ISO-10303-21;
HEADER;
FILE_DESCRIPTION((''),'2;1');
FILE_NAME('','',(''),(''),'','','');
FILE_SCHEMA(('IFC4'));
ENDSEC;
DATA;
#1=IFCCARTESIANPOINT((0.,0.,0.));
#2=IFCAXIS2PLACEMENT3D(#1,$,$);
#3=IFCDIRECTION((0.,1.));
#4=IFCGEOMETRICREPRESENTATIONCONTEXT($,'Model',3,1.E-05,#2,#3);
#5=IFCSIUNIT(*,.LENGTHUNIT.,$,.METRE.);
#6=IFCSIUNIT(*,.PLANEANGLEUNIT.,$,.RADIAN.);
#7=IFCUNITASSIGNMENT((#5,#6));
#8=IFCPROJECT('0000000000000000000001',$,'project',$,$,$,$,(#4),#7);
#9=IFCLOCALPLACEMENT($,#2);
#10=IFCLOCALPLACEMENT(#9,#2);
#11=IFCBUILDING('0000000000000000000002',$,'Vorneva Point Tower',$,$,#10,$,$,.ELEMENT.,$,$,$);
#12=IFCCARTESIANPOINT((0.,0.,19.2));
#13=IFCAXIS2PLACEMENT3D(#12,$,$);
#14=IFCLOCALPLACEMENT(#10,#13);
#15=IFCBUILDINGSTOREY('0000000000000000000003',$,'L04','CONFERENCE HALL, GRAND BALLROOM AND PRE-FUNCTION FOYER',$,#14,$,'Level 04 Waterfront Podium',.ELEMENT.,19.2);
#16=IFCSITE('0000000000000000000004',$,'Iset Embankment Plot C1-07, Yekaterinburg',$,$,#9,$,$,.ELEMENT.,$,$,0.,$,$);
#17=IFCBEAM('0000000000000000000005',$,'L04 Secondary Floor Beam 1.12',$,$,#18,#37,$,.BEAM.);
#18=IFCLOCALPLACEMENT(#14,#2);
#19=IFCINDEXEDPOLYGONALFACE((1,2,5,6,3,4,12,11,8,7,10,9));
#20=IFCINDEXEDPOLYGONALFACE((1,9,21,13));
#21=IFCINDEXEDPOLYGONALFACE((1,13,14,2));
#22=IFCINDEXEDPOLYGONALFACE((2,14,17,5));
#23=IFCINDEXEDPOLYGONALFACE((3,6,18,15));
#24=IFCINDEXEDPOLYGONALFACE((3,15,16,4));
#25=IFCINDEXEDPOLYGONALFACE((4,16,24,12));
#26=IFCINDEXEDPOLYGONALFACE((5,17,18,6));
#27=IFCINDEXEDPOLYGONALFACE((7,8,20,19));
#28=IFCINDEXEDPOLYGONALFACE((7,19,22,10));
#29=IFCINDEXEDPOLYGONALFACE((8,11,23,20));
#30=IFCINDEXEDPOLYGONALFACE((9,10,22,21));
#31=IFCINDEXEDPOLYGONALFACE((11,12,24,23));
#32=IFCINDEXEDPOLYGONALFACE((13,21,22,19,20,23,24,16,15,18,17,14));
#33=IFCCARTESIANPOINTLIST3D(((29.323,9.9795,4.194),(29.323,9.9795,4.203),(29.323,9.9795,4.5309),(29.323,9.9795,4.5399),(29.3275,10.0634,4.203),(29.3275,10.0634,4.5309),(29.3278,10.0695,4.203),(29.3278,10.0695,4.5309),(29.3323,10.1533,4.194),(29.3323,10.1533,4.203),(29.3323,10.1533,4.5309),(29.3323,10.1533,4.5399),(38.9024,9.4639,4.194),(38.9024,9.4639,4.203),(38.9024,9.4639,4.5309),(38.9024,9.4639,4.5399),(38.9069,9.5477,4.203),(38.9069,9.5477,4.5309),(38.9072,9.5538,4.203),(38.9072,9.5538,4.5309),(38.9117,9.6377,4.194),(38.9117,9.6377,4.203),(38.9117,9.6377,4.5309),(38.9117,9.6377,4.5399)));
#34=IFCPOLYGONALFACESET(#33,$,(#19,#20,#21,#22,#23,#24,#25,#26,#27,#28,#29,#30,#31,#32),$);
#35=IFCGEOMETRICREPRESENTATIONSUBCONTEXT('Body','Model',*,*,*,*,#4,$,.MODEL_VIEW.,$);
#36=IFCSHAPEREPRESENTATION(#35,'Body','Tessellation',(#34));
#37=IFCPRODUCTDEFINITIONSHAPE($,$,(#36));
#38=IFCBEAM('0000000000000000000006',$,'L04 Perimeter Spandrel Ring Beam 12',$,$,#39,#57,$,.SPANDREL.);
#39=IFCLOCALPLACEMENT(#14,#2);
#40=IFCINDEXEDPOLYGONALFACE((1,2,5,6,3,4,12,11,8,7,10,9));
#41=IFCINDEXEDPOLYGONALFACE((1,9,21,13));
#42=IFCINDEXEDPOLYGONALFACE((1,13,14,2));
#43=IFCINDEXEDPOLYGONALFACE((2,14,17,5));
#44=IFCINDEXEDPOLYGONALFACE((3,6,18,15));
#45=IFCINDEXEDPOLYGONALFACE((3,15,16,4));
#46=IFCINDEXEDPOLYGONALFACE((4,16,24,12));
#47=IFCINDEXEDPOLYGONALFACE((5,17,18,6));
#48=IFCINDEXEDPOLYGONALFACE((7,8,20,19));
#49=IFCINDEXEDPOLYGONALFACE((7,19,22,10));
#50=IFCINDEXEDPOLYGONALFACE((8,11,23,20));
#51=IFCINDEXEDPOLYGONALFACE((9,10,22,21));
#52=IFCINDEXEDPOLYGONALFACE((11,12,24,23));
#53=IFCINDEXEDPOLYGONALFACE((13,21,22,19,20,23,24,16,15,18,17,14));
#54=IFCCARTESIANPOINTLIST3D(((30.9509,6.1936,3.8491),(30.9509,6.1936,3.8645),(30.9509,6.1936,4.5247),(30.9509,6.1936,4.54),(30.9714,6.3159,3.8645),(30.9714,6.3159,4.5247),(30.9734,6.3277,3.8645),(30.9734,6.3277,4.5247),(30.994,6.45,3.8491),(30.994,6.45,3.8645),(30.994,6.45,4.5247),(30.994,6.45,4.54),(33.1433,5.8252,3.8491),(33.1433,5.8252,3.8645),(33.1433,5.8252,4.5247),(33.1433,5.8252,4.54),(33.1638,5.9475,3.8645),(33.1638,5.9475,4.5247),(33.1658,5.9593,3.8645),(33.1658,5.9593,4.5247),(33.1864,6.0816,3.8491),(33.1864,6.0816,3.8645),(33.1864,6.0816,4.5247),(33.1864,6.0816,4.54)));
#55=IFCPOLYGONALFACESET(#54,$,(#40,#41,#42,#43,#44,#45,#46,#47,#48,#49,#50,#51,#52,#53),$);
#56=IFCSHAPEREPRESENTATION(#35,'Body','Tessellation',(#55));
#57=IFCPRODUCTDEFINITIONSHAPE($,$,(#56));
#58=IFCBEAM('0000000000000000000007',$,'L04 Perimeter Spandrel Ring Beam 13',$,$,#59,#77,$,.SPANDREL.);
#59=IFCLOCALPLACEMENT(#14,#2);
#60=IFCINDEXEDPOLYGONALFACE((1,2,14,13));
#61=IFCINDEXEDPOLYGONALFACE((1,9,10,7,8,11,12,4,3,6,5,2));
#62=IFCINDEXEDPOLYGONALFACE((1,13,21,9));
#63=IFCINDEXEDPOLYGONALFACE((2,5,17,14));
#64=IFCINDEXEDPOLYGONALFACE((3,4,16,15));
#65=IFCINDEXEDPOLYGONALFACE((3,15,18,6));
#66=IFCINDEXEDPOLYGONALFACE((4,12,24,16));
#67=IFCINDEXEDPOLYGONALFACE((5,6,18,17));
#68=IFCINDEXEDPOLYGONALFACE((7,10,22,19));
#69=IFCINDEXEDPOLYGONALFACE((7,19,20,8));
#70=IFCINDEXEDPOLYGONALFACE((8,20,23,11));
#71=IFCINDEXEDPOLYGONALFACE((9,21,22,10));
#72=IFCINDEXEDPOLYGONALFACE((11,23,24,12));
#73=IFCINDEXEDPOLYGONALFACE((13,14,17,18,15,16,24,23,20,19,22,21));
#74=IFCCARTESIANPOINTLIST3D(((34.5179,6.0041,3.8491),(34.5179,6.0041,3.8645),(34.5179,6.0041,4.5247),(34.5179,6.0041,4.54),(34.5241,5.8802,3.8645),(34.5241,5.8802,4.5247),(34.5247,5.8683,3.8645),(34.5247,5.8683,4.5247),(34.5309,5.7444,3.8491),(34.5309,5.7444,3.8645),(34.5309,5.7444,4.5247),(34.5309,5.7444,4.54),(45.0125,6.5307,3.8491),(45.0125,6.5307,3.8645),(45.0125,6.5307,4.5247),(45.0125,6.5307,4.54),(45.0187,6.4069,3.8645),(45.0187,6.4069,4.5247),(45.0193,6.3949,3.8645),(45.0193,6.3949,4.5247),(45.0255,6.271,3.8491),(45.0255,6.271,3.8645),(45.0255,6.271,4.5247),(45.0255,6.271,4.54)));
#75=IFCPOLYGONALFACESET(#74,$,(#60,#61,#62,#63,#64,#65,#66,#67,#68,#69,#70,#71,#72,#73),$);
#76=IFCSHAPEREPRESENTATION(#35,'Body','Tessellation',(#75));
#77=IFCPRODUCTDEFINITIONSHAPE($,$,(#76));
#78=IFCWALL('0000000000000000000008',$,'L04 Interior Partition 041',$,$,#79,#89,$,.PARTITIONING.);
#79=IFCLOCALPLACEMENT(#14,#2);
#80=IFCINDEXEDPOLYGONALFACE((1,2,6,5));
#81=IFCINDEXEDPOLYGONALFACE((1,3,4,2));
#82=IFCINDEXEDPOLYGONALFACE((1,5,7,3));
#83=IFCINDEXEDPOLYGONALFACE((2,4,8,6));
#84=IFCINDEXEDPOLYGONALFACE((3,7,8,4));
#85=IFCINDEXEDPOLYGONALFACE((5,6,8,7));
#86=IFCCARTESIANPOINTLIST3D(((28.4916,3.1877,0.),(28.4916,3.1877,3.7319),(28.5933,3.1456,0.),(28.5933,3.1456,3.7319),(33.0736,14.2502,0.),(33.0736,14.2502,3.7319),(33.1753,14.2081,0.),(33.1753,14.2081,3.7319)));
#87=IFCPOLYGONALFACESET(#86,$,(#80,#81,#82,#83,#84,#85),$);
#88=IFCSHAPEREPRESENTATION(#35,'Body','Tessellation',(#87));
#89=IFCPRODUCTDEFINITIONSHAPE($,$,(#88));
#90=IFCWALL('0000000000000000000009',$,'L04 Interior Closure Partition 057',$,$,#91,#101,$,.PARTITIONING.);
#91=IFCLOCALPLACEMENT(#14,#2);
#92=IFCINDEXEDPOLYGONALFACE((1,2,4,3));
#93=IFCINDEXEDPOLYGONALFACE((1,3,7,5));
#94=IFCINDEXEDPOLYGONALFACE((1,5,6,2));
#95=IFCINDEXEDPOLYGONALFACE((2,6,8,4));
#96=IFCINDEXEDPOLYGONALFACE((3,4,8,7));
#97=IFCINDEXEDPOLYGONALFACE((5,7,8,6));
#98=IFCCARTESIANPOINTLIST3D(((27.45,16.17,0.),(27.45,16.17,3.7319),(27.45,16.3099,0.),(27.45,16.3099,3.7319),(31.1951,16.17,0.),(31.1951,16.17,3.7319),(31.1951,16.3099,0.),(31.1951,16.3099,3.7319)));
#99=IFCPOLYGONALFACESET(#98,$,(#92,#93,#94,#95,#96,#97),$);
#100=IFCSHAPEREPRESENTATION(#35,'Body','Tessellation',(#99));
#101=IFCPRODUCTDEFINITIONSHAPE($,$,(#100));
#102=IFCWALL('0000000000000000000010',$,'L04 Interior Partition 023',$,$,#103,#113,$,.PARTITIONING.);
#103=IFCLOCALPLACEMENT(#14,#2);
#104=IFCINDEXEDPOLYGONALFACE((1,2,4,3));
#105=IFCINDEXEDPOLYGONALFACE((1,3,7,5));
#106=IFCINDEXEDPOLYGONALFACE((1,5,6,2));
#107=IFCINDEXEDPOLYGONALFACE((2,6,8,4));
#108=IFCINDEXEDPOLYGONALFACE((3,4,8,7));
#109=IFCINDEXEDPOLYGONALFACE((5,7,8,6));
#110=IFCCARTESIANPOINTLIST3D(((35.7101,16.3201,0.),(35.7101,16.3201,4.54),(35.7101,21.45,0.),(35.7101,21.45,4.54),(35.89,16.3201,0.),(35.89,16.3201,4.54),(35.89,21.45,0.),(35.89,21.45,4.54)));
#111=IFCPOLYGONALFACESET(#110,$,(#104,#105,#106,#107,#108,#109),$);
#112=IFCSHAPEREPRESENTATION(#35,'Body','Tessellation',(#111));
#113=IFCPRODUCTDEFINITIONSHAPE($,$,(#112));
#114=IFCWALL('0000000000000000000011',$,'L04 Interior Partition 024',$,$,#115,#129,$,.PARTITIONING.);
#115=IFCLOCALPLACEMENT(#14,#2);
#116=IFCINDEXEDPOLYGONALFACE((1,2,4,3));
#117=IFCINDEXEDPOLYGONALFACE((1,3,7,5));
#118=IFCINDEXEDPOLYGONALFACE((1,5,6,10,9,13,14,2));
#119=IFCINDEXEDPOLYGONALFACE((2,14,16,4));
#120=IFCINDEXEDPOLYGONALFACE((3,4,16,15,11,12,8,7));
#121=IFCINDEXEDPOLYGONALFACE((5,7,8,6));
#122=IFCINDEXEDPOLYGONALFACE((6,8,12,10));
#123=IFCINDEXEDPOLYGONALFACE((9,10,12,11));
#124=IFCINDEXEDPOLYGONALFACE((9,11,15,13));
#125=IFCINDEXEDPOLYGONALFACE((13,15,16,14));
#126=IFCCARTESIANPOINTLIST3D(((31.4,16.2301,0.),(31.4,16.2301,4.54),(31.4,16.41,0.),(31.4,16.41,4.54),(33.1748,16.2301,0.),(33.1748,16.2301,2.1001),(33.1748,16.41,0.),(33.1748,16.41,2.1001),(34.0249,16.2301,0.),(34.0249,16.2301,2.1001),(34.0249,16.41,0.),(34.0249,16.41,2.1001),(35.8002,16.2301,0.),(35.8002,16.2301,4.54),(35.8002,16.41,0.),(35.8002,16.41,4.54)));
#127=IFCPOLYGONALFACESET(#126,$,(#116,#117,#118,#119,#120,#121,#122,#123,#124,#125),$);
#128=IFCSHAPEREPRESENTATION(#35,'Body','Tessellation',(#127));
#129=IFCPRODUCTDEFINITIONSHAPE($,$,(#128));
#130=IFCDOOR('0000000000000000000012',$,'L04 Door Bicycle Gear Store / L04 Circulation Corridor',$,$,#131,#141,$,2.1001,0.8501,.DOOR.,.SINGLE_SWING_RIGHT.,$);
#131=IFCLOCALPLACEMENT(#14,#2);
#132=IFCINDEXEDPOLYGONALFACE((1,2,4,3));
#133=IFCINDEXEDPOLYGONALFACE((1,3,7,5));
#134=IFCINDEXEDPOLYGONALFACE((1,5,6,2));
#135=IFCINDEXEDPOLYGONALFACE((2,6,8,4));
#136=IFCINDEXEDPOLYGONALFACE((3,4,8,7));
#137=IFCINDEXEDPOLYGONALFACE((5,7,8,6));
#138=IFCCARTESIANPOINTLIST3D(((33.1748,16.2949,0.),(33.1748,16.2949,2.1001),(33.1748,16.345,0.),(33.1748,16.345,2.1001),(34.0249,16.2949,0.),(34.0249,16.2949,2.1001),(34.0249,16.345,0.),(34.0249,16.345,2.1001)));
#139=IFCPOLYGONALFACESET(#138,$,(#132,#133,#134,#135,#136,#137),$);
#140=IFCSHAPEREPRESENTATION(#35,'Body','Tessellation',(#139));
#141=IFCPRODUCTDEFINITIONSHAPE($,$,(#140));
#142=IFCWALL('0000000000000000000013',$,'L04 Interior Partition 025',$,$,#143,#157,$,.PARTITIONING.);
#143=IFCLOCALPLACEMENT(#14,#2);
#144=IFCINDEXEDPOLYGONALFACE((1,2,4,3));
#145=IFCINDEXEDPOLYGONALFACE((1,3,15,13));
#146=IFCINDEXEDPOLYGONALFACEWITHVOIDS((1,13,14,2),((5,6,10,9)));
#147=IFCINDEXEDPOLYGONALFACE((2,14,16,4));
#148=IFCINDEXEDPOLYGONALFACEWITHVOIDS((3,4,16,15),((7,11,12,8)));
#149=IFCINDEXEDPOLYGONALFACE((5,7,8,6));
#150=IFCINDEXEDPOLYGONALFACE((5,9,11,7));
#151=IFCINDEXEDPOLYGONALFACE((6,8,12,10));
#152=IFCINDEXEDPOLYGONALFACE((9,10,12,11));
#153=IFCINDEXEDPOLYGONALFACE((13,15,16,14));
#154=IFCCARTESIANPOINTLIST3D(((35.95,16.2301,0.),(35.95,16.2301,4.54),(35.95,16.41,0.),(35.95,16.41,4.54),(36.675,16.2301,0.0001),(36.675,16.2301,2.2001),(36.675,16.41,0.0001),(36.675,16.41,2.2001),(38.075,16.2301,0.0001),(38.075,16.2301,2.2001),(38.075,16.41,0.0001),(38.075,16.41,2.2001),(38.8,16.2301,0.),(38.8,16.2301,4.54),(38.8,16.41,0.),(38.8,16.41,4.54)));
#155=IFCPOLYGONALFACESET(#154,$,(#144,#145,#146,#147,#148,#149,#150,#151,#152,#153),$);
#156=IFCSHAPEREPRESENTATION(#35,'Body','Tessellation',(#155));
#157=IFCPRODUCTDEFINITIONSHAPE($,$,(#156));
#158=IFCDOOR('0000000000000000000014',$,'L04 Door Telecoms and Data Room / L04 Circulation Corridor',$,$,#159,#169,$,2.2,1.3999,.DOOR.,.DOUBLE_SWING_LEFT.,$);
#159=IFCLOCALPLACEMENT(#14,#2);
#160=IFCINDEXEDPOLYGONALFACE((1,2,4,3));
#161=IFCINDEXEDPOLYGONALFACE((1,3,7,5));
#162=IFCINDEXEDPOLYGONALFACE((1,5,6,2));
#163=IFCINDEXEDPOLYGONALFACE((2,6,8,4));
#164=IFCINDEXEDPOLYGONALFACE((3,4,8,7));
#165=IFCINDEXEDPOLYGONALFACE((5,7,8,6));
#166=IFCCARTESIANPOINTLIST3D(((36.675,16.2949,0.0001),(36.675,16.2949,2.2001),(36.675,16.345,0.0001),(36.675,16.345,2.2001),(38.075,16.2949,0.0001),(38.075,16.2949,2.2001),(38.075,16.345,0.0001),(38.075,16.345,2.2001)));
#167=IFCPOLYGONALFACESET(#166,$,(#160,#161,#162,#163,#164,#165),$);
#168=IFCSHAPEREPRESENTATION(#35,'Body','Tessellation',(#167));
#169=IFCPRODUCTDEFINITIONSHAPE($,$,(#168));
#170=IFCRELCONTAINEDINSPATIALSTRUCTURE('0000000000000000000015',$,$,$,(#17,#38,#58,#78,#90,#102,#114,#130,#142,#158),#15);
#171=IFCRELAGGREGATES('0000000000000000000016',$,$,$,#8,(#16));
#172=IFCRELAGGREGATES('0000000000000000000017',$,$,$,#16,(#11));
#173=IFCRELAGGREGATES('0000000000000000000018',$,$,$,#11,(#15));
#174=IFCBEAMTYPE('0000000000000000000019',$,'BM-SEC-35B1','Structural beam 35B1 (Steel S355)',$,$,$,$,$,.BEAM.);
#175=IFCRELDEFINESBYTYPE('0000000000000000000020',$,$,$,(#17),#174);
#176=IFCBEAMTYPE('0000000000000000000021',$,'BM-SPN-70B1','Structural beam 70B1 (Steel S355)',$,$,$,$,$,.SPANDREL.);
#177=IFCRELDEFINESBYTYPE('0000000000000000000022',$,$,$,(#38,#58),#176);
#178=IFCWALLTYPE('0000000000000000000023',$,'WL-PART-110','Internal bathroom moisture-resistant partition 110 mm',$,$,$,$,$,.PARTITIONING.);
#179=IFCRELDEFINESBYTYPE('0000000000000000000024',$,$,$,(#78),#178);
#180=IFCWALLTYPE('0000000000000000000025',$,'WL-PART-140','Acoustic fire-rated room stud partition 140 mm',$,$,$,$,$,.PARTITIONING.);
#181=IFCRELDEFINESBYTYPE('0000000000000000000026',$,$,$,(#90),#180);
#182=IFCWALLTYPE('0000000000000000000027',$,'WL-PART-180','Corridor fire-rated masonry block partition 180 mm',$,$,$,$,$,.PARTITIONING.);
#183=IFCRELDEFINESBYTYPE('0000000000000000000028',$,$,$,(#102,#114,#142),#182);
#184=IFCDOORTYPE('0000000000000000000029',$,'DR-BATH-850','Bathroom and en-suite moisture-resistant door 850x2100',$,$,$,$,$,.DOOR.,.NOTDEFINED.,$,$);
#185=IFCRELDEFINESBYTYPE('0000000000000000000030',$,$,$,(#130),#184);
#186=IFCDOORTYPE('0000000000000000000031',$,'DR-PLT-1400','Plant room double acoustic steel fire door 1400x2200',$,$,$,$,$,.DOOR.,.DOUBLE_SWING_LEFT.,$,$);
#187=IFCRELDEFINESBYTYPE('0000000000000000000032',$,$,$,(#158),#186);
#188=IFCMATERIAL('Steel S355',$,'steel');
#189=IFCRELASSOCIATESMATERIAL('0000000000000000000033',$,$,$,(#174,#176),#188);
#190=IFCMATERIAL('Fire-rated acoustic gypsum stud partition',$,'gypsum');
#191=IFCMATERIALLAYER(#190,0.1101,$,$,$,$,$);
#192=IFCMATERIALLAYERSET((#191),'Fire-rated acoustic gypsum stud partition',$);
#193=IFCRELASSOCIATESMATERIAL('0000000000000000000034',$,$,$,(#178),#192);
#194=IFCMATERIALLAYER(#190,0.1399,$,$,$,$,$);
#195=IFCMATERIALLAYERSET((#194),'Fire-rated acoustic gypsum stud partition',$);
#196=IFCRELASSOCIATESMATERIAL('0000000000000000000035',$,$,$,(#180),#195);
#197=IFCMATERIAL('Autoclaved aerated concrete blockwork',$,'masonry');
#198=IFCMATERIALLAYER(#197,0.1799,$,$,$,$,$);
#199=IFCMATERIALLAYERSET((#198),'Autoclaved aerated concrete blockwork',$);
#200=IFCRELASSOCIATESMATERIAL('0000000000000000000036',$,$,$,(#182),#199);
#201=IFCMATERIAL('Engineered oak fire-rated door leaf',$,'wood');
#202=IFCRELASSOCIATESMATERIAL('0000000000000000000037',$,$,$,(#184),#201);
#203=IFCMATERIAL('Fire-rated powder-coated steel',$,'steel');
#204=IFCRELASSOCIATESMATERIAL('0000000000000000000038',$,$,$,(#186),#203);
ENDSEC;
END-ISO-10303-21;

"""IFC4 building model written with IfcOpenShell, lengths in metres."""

from ifc_helpers import new_model, si_unit, direction, frame, frame_2d, origin, origin_2d, place, context, subcontext, project, spatial, rectangle, i_section, extrude, material, layer, layer_set, material_profile, profile_set, type_object, element, fill, save


model = new_model("IFC4")

# Units and contexts
model_context = context("Model", 3, precision=1e-05, world=origin(), true_north=direction((0.0, 1.0)))
body_context = subcontext(model_context, "Body", "Model", "MODEL_VIEW")
ifc_project = project(units=[si_unit("LENGTHUNIT", "METRE"), si_unit("PLANEANGLEUNIT", "RADIAN")], contexts=[model_context])

# Site, building, storey
site_placement = place(None, origin())
site = spatial("IfcSite", under=ifc_project, at=site_placement, Name="Iset Embankment Plot C1-07, Yekaterinburg", CompositionType="ELEMENT", RefElevation=0.0)
building_placement = place(site_placement, origin())
building = spatial("IfcBuilding", under=site, at=building_placement, Name="Vorneva Point Tower", CompositionType="ELEMENT")
storey_placement = place(building_placement, frame((0.0, 0.0, 19.2)))
storey = spatial("IfcBuildingStorey", under=building, at=storey_placement, Name="L04", Description="CONFERENCE HALL, GRAND BALLROOM AND PRE-FUNCTION FOYER", LongName="Level 04 Waterfront Podium", CompositionType="ELEMENT", Elevation=19.2)

# Beams
ifc_material_1 = material(Name="Steel S355", Category="steel")
ifc_material_profile_1 = material_profile(ifc_material_1, i_section(OverallWidth=0.1741, OverallDepth=0.3459, WebThickness=0.0061, FlangeThickness=0.009, at=origin_2d()), Name="35B1")
ifc_profile_set_1 = profile_set([ifc_material_profile_1], Name="Steel S355")
beam_type_1 = type_object("IfcBeamType", Name="BM-SEC-35B1", Description="Structural beam 35B1 (Steel S355)", PredefinedType="BEAM", material=ifc_profile_set_1)
beam_1_placement = place(storey_placement, frame((29.3276, 10.0664, 4.3669), z_axis=(0.998554, -0.053749, 0.0), x_axis=(0.053749, 0.998554, 0.0)))
element("IfcBeam", 1, at=beam_1_placement, inside=storey, type_object=beam_type_1, Name="L04 Secondary Floor Beam 1.12", PredefinedType="BEAM", context=body_context, shape_type="SweptSolid", body=[
    extrude(i_section(OverallWidth=0.1741, OverallDepth=0.3459, WebThickness=0.0061, FlangeThickness=0.009, at=origin_2d()), origin(), (0.0, 0.0, 1.0), 9.5933),
])
ifc_material_profile_2 = material_profile(ifc_material_1, i_section(OverallWidth=0.26, OverallDepth=0.6909, WebThickness=0.012, FlangeThickness=0.0154, at=origin_2d()), Name="70B1")
ifc_profile_set_2 = profile_set([ifc_material_profile_2], Name="Steel S355")
beam_type_2 = type_object("IfcBeamType", Name="BM-SPN-70B1", Description="Structural beam 70B1 (Steel S355)", PredefinedType="SPANDREL", material=ifc_profile_set_2)
beam_2_placement = place(storey_placement, frame((30.9724, 6.3218, 4.1946), z_axis=(0.986173, -0.165717, 0.0), x_axis=(0.165717, 0.986173, 0.0)))
element("IfcBeam", 2, at=beam_2_placement, inside=storey, type_object=beam_type_2, Name="L04 Perimeter Spandrel Ring Beam 12", PredefinedType="SPANDREL", context=body_context, shape_type="SweptSolid", body=[
    extrude(i_section(OverallWidth=0.26, OverallDepth=0.6909, WebThickness=0.012, FlangeThickness=0.0154, at=origin_2d()), origin(), (0.0, 0.0, 1.0), 2.2231),
])
beam_3_placement = place(storey_placement, frame((34.5244, 5.8743, 4.1946), z_axis=(0.998743, 0.050116, 0.0), x_axis=(-0.050116, 0.998743, 0.0)))
element("IfcBeam", 3, at=beam_3_placement, inside=storey, type_object=beam_type_2, Name="L04 Perimeter Spandrel Ring Beam 13", PredefinedType="SPANDREL", context=body_context, shape_type="SweptSolid", body=[
    extrude(i_section(OverallWidth=0.26, OverallDepth=0.6909, WebThickness=0.012, FlangeThickness=0.0154, at=origin_2d()), origin(), (0.0, 0.0, 1.0), 10.5078),
])

# Walls
ifc_material_2 = material(Name="Fire-rated acoustic gypsum stud partition", Category="gypsum")
ifc_layer_1 = layer(ifc_material_2, 0.1101)
ifc_layer_set_1 = layer_set([ifc_layer_1], Name="Fire-rated acoustic gypsum stud partition")
wall_type_1 = type_object("IfcWallType", Name="WL-PART-110", Description="Internal bathroom moisture-resistant partition 110 mm", PredefinedType="PARTITIONING", material=ifc_layer_set_1)
wall_1_placement = place(storey_placement, frame((28.5425, 3.1667, 0.0), z_axis=(0.0, 0.0, 1.0), x_axis=(0.382669, 0.923886, 0.0)))
element("IfcWall", 4, at=wall_1_placement, inside=storey, type_object=wall_type_1, Name="L04 Interior Partition 041", PredefinedType="PARTITIONING", context=body_context, shape_type="SweptSolid", body=[
    extrude(rectangle(XDim=11.9739, YDim=0.1101, at=frame_2d((5.9868, 0.0))), origin(), (0.0, 0.0, 1.0), 3.7319),
])
ifc_layer_2 = layer(ifc_material_2, 0.1399)
ifc_layer_set_2 = layer_set([ifc_layer_2], Name="Fire-rated acoustic gypsum stud partition")
wall_type_2 = type_object("IfcWallType", Name="WL-PART-140", Description="Acoustic fire-rated room stud partition 140 mm", PredefinedType="PARTITIONING", material=ifc_layer_set_2)
wall_2_placement = place(storey_placement, frame((31.1951, 16.24, 0.0), z_axis=(0.0, 0.0, 1.0), x_axis=(-1.0, 0.0, 0.0)))
element("IfcWall", 5, at=wall_2_placement, inside=storey, type_object=wall_type_2, Name="L04 Interior Closure Partition 057", PredefinedType="PARTITIONING", context=body_context, shape_type="SweptSolid", body=[
    extrude(rectangle(XDim=3.7451, YDim=0.1399, at=frame_2d((1.8726, 0.0))), origin(), (0.0, 0.0, 1.0), 3.7319),
])
ifc_material_3 = material(Name="Autoclaved aerated concrete blockwork", Category="masonry")
ifc_layer_3 = layer(ifc_material_3, 0.1799)
ifc_layer_set_3 = layer_set([ifc_layer_3], Name="Autoclaved aerated concrete blockwork")
wall_type_3 = type_object("IfcWallType", Name="WL-PART-180", Description="Corridor fire-rated masonry block partition 180 mm", PredefinedType="PARTITIONING", material=ifc_layer_set_3)
wall_3_placement = place(storey_placement, frame((35.8, 16.3201, 0.0), z_axis=(0.0, 0.0, 1.0), x_axis=(0.0, 1.0, 0.0)))
element("IfcWall", 6, at=wall_3_placement, inside=storey, type_object=wall_type_3, Name="L04 Interior Partition 023", PredefinedType="PARTITIONING", context=body_context, shape_type="SweptSolid", body=[
    extrude(rectangle(XDim=5.1299, YDim=0.1799, at=frame_2d((2.5649, 0.0))), origin(), (0.0, 0.0, 1.0), 4.54),
])

# Walls, openings, doors
wall_4_placement = place(storey_placement, frame((31.3999, 16.3201, 0.0), z_axis=(0.0, 0.0, 1.0), x_axis=(1.0, 0.0, 0.0)))
wall_4 = element("IfcWall", 7, at=wall_4_placement, inside=storey, type_object=wall_type_3, Name="L04 Interior Partition 024", PredefinedType="PARTITIONING", context=body_context, shape_type="SweptSolid", body=[
    extrude(rectangle(XDim=4.4001, YDim=0.1799, at=frame_2d((2.2002, 0.0))), origin(), (0.0, 0.0, 1.0), 4.54),
])
opening_1_placement = place(wall_4_placement, frame((1.7749, 0.0, 0.0)))
opening_1 = element("IfcOpeningElement", 8, at=opening_1_placement, cuts=wall_4, PredefinedType="OPENING", context=body_context, shape_type="SweptSolid", body=[
    extrude(rectangle(XDim=0.8501, YDim=2.1001, at=frame_2d((0.425, 1.05))), frame((0.0, 0.105, 0.0), z_axis=(0.0, -1.0, 0.0), x_axis=(1.0, 0.0, 0.0)), (0.0, 0.0, 1.0), 0.2097),
])
ifc_material_4 = material(Name="Engineered oak fire-rated door leaf", Category="wood")
door_type_1 = type_object("IfcDoorType", Name="DR-BATH-850", Description="Bathroom and en-suite moisture-resistant door 850x2100", OperationType="NOTDEFINED", PredefinedType="DOOR", material=ifc_material_4)
door_1_placement = place(opening_1_placement, origin())
door_1 = element("IfcDoor", 9, at=door_1_placement, inside=storey, type_object=door_type_1, Name="L04 Door Bicycle Gear Store / L04 Circulation Corridor", OperationType="SINGLE_SWING_RIGHT", OverallHeight=2.1001, OverallWidth=0.8501, PredefinedType="DOOR", context=body_context, shape_type="SweptSolid", body=[
    extrude(rectangle(XDim=0.8501, YDim=2.1001, at=frame_2d((0.425, 1.05))), frame((0.0, 0.0249, 0.0), z_axis=(0.0, -1.0, 0.0), x_axis=(1.0, 0.0, 0.0)), (0.0, 0.0, 1.0), 0.05),
])
fill(opening_1, door_1)
wall_5_placement = place(storey_placement, frame((35.95, 16.3201, 0.0), z_axis=(0.0, 0.0, 1.0), x_axis=(1.0, 0.0, 0.0)))
wall_5 = element("IfcWall", 10, at=wall_5_placement, inside=storey, type_object=wall_type_3, Name="L04 Interior Partition 025", PredefinedType="PARTITIONING", context=body_context, shape_type="SweptSolid", body=[
    extrude(rectangle(XDim=2.8501, YDim=0.1799, at=frame_2d((1.425, 0.0))), origin(), (0.0, 0.0, 1.0), 4.54),
])
opening_2_placement = place(wall_5_placement, frame((0.7251, 0.0, 0.0)))
opening_2 = element("IfcOpeningElement", 11, at=opening_2_placement, cuts=wall_5, PredefinedType="OPENING", context=body_context, shape_type="SweptSolid", body=[
    extrude(rectangle(XDim=1.3999, YDim=2.2, at=frame_2d((0.7, 1.1001))), frame((0.0, 0.105, 0.0), z_axis=(0.0, -1.0, 0.0), x_axis=(1.0, 0.0, 0.0)), (0.0, 0.0, 1.0), 0.2097),
])
ifc_material_5 = material(Name="Fire-rated powder-coated steel", Category="steel")
door_type_2 = type_object("IfcDoorType", Name="DR-PLT-1400", Description="Plant room double acoustic steel fire door 1400x2200", OperationType="DOUBLE_SWING_LEFT", PredefinedType="DOOR", material=ifc_material_5)
door_2_placement = place(opening_2_placement, origin())
door_2 = element("IfcDoor", 12, at=door_2_placement, inside=storey, type_object=door_type_2, Name="L04 Door Telecoms and Data Room / L04 Circulation Corridor", OperationType="DOUBLE_SWING_LEFT", OverallHeight=2.2, OverallWidth=1.3999, PredefinedType="DOOR", context=body_context, shape_type="SweptSolid", body=[
    extrude(rectangle(XDim=1.3999, YDim=2.2, at=frame_2d((0.7, 1.1001))), frame((0.0, 0.0249, 0.0), z_axis=(0.0, -1.0, 0.0), x_axis=(1.0, 0.0, 0.0)), (0.0, 0.0, 1.0), 0.05),
])
fill(opening_2, door_2)

save(model, "model.ifc")
